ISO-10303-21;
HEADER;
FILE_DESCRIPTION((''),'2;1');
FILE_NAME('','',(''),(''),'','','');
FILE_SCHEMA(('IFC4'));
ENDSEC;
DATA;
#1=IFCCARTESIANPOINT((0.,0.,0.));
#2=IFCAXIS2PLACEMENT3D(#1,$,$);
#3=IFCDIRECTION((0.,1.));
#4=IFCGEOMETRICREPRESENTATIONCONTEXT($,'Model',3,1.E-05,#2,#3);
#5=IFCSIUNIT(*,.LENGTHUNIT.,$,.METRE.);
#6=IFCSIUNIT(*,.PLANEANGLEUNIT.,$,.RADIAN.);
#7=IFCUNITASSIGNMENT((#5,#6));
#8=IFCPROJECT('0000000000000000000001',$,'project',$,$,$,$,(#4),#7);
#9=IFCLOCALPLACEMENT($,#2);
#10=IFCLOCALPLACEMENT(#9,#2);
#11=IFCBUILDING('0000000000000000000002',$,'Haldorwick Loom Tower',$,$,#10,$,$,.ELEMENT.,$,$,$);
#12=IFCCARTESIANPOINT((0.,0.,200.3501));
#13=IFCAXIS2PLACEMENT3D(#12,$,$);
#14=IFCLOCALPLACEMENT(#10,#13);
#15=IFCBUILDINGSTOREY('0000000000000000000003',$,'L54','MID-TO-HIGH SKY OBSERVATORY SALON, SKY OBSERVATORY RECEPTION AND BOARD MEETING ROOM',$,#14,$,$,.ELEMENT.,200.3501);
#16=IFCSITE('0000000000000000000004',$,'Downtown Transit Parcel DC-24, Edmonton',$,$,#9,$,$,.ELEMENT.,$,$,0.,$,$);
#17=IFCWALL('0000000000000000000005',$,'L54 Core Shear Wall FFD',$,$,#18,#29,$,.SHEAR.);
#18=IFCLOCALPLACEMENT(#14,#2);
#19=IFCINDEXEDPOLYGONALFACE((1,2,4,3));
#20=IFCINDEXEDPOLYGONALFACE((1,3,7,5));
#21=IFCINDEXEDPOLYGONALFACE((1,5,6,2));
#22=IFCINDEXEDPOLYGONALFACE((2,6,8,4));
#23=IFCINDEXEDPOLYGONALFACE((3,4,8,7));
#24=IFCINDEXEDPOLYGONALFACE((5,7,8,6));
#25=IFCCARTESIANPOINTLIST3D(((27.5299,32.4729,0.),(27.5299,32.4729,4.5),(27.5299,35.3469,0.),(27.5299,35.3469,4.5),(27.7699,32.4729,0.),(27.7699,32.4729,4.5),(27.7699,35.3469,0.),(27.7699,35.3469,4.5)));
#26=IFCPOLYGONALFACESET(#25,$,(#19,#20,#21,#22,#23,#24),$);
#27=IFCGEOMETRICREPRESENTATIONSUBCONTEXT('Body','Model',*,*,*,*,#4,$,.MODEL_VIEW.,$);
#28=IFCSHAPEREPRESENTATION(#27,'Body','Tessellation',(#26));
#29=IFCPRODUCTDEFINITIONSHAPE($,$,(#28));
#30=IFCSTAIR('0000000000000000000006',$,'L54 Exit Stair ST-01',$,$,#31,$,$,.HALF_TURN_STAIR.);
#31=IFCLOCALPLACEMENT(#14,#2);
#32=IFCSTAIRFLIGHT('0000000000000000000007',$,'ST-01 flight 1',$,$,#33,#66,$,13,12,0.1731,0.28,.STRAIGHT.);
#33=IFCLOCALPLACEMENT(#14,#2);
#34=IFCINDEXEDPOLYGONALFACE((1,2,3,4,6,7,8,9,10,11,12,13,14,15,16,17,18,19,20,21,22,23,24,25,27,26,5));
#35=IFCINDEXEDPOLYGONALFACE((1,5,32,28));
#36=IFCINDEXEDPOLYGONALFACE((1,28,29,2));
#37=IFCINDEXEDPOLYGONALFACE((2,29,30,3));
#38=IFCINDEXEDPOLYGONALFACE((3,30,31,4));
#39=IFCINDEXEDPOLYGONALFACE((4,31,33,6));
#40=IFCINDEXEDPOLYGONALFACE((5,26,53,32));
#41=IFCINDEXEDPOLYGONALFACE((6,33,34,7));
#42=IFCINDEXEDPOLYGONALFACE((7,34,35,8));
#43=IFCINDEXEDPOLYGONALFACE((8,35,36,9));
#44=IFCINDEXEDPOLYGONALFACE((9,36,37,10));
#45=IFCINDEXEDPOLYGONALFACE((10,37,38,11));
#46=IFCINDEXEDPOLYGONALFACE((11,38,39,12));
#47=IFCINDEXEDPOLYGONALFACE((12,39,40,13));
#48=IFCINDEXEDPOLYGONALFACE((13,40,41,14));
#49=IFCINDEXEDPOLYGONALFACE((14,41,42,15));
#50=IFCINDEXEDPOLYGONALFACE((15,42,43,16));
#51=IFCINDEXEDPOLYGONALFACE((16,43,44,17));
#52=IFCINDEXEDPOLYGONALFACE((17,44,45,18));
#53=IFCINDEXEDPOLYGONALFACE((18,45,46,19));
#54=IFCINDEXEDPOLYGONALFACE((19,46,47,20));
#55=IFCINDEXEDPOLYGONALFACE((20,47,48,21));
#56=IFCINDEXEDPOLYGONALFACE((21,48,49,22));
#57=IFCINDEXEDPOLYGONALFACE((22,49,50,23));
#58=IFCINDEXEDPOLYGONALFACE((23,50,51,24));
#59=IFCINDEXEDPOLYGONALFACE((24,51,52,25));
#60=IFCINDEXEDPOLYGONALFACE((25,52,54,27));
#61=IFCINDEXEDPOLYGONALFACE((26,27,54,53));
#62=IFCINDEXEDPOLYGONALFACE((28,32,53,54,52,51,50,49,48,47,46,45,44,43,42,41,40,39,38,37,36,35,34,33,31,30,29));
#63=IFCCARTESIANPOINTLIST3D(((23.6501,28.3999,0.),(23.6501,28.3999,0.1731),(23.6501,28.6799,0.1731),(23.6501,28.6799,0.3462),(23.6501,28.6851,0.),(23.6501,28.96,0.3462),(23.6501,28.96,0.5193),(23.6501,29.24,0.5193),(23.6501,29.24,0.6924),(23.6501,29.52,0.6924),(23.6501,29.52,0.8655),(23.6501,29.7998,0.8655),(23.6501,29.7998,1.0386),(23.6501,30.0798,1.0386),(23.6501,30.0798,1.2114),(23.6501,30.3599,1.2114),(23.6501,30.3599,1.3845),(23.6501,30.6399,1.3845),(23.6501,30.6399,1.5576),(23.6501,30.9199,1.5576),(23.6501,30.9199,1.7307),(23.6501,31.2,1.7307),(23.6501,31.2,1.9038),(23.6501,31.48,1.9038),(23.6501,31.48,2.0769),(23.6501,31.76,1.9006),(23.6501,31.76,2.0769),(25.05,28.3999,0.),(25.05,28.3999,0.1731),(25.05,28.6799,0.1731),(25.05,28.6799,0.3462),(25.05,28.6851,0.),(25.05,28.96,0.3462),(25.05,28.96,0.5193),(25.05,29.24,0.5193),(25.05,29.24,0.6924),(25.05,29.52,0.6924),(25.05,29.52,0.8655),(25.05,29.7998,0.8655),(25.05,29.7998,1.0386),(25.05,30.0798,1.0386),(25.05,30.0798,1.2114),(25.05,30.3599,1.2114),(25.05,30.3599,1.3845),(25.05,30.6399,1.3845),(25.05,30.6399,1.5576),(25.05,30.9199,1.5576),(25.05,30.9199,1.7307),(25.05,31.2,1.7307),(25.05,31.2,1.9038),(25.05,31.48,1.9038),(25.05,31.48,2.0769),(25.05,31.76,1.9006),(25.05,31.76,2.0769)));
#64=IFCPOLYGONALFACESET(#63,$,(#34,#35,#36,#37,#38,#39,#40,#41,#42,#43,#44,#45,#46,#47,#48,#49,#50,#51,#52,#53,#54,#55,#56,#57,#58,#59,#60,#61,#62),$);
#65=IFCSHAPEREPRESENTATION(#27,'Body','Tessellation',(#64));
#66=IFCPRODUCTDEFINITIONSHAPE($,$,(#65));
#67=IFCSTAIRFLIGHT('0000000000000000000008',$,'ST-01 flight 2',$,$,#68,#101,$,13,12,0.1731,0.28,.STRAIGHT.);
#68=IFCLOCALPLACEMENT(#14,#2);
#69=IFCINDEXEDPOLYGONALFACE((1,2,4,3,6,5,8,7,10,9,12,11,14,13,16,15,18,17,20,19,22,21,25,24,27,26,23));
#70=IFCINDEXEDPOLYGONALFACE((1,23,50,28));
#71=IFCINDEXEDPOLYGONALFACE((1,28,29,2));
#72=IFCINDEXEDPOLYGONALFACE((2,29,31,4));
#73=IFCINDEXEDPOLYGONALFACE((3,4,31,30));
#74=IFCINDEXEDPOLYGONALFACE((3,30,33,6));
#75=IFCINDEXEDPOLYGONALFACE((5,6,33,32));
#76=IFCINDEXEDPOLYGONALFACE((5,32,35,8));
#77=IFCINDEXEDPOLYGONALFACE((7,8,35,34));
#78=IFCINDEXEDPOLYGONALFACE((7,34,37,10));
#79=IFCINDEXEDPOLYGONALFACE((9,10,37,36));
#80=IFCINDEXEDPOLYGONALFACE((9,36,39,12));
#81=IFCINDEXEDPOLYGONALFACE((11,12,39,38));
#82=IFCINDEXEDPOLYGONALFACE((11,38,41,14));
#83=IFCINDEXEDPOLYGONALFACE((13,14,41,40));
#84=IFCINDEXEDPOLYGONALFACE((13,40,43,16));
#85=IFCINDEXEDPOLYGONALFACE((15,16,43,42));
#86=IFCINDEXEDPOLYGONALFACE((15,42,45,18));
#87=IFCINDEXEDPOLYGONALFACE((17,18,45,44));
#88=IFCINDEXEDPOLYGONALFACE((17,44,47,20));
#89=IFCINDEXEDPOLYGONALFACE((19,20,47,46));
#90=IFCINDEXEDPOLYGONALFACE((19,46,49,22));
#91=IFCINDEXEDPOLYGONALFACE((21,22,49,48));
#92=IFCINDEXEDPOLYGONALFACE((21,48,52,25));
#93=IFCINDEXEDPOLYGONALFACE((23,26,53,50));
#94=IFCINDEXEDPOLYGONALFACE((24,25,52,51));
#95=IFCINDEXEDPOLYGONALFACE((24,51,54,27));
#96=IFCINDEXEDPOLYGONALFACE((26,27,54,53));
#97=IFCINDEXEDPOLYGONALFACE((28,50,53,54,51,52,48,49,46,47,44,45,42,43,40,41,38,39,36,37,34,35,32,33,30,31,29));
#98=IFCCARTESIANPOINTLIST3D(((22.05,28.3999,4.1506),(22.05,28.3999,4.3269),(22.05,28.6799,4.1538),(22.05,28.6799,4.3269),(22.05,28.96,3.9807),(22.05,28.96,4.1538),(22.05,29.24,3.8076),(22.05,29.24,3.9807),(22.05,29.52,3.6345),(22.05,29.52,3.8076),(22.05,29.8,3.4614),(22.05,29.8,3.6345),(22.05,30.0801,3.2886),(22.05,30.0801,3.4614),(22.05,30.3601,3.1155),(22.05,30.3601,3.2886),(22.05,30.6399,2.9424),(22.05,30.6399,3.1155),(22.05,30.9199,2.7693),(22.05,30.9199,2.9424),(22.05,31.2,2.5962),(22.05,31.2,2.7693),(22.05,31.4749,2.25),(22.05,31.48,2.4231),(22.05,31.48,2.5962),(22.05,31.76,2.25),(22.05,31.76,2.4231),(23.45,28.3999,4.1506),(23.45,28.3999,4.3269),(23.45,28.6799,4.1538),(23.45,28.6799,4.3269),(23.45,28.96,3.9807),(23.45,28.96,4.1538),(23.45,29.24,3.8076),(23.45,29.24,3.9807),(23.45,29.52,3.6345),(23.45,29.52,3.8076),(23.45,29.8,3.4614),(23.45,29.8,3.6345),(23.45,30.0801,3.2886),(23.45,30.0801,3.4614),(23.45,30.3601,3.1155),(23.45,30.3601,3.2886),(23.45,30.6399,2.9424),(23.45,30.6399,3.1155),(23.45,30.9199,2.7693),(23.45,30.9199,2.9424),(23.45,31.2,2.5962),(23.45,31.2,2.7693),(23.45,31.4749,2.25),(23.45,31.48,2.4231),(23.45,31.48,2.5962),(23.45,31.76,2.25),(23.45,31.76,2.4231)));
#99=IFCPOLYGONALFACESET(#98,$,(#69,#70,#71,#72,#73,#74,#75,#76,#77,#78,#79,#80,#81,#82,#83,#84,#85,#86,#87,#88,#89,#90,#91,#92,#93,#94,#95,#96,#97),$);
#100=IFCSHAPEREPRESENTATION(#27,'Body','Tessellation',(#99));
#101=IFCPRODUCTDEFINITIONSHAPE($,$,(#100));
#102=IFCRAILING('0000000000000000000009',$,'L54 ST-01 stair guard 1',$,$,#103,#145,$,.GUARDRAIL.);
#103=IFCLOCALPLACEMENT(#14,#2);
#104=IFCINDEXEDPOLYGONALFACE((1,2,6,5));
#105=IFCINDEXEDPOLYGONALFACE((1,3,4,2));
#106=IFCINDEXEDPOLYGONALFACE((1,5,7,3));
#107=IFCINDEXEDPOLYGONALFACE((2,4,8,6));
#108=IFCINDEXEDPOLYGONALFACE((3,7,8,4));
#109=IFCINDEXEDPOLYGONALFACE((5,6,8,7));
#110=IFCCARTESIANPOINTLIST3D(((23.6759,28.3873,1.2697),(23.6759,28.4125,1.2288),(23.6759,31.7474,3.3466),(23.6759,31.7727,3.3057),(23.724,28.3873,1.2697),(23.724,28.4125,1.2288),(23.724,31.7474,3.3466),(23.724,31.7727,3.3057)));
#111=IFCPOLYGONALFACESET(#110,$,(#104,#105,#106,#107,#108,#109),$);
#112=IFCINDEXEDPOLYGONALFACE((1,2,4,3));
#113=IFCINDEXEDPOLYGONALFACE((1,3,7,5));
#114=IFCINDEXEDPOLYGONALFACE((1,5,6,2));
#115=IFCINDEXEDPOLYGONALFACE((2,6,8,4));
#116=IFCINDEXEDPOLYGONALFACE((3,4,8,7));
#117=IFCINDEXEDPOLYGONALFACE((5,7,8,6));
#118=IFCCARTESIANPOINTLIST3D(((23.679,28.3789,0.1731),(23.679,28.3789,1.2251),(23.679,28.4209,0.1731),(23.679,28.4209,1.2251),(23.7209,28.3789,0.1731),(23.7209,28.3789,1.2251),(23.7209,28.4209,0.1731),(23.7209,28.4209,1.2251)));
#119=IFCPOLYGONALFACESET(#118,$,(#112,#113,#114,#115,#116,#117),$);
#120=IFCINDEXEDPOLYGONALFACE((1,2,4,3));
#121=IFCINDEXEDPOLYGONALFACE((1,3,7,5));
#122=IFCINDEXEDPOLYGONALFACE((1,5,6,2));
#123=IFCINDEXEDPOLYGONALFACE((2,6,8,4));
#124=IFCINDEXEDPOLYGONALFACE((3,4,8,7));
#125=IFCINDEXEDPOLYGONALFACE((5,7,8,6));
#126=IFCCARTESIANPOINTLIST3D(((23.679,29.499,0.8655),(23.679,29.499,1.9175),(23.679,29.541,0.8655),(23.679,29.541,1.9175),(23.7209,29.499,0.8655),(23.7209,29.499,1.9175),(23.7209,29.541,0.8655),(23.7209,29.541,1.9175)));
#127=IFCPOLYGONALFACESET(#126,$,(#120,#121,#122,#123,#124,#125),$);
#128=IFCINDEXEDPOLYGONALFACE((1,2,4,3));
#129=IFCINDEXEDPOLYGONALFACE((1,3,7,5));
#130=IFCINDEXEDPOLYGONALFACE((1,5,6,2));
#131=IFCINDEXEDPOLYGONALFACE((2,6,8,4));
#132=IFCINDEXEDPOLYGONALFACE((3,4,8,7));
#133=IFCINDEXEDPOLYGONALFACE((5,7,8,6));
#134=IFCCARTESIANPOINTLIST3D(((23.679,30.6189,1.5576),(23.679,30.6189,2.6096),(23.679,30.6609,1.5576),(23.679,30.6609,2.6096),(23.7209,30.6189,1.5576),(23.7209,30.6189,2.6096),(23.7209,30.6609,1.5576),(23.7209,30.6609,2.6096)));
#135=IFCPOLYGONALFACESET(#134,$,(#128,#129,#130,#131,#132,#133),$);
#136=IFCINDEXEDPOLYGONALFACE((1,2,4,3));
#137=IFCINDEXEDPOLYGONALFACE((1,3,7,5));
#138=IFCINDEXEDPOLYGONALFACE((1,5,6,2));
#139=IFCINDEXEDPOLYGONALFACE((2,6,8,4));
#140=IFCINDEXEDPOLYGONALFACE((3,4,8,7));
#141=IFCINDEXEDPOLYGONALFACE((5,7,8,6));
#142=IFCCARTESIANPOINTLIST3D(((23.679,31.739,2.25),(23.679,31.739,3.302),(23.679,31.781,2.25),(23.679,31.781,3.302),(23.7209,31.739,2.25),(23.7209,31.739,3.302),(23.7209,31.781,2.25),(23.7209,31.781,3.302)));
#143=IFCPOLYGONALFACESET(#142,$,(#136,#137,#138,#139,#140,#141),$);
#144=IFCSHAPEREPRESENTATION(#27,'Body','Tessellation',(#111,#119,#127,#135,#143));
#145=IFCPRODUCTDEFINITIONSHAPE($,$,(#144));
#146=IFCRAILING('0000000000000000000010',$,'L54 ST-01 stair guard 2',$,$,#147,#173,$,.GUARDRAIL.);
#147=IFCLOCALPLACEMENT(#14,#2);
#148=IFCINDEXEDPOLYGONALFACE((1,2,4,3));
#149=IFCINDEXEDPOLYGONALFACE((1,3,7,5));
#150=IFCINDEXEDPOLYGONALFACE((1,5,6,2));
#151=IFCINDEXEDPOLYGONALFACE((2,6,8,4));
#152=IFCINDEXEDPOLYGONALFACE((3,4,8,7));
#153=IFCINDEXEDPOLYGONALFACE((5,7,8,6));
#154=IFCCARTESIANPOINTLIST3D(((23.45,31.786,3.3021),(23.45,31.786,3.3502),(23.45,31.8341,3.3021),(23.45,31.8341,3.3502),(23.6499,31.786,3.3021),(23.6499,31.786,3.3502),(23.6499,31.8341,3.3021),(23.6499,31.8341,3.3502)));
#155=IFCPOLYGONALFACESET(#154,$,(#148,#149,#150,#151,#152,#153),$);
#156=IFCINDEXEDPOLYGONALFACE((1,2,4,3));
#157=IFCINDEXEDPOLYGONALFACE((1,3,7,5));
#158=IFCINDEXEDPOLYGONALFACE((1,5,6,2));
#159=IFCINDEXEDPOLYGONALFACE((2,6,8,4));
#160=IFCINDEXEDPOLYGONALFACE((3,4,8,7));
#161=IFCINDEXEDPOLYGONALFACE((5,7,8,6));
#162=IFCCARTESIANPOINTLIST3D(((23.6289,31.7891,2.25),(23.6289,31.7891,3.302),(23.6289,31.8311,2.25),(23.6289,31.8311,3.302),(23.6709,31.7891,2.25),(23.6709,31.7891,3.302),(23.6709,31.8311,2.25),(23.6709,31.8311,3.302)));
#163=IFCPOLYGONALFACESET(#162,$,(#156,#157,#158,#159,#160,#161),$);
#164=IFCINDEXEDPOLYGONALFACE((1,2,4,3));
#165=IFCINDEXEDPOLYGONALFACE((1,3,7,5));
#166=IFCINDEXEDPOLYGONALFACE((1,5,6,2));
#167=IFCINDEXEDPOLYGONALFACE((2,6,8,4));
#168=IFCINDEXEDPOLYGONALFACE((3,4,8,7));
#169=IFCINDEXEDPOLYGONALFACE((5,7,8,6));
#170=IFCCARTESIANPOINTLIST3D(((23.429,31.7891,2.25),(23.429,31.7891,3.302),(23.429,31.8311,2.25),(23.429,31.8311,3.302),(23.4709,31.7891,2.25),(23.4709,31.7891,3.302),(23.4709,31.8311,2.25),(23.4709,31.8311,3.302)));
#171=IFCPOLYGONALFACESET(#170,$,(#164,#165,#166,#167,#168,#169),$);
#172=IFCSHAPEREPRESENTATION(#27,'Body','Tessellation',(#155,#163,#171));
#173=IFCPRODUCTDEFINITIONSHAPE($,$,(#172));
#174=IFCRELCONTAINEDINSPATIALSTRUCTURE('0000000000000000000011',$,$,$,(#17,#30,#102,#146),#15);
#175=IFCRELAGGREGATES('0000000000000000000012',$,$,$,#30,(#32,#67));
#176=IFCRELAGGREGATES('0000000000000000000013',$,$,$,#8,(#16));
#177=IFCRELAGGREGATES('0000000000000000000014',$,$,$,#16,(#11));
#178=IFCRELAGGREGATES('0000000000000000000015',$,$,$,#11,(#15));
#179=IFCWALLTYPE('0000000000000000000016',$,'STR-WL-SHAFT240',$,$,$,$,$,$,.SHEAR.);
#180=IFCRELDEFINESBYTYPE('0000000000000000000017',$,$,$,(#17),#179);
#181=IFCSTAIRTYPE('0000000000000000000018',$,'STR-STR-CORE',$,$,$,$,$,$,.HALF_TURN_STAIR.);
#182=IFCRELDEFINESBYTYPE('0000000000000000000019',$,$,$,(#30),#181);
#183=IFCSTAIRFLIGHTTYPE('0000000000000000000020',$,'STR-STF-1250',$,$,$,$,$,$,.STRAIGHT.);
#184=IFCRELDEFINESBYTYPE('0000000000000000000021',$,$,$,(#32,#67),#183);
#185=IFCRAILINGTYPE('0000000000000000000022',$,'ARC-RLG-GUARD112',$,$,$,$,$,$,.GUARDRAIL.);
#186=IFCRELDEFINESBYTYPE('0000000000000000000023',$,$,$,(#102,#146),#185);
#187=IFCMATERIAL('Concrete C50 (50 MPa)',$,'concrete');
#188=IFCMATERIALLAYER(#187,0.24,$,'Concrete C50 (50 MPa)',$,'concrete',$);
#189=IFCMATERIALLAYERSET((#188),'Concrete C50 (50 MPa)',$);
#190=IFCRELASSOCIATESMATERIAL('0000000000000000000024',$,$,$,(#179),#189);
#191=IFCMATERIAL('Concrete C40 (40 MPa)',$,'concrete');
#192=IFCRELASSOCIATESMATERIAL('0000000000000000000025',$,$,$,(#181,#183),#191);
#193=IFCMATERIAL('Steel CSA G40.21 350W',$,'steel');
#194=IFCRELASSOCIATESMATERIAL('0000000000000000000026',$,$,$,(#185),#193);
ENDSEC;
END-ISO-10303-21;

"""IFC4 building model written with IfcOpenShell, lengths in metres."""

from ifc_helpers import new_model, si_unit, direction, frame, frame_2d, origin, origin_2d, place, context, subcontext, project, spatial, polyline, rectangle, outline, extrude, material, layer, layer_set, type_object, element, aggregate, save


model = new_model("IFC4")

# Units and contexts
model_context = context("Model", 3, precision=1e-05, world=origin(), true_north=direction((0.0, 1.0)))
body_context = subcontext(model_context, "Body", "Model", "MODEL_VIEW")
ifc_project = project(units=[si_unit("LENGTHUNIT", "METRE"), si_unit("PLANEANGLEUNIT", "RADIAN")], contexts=[model_context])

# Site, building, storey
site_placement = place(None, origin())
site = spatial("IfcSite", under=ifc_project, at=site_placement, Name="Downtown Transit Parcel DC-24, Edmonton", CompositionType="ELEMENT", RefElevation=0.0)
building_placement = place(site_placement, origin())
building = spatial("IfcBuilding", under=site, at=building_placement, Name="Haldorwick Loom Tower", CompositionType="ELEMENT")
storey_placement = place(building_placement, frame((0.0, 0.0, 200.3501)))
storey = spatial("IfcBuildingStorey", under=building, at=storey_placement, Name="L54", Description="MID-TO-HIGH SKY OBSERVATORY SALON, SKY OBSERVATORY RECEPTION AND BOARD MEETING ROOM", CompositionType="ELEMENT", Elevation=200.3501)

# Shared definitions
ifc_material_1 = material(Name="Steel CSA G40.21 350W", Category="steel")

# Shared definitions
ifc_material_2 = material(Name="Concrete C50 (50 MPa)", Category="concrete")
ifc_layer = layer(ifc_material_2, 0.24, Name="Concrete C50 (50 MPa)", Category="concrete")
ifc_layer_set = layer_set([ifc_layer], Name="Concrete C50 (50 MPa)")
wall_type = type_object("IfcWallType", Name="STR-WL-SHAFT240", PredefinedType="SHEAR", material=ifc_layer_set)

# Wall
wall_1_placement = place(storey_placement, frame((27.6499, 32.4729, 0.0), z_axis=(0.0, 0.0, 1.0), x_axis=(0.0, 1.0, 0.0)))
element("IfcWall", 1, at=wall_1_placement, inside=storey, type_object=wall_type, Name="L54 Core Shear Wall FFD", PredefinedType="SHEAR", context=body_context, shape_type="SweptSolid", body=[
    extrude(rectangle(XDim=2.874, YDim=0.24, at=frame_2d((1.437, 0.0))), origin(), (0.0, 0.0, 1.0), 4.5),
])

# Stair, stair flights
ifc_material_3 = material(Name="Concrete C40 (40 MPa)", Category="concrete")
stair_type = type_object("IfcStairType", Name="STR-STR-CORE", PredefinedType="HALF_TURN_STAIR", material=ifc_material_3)
stair_placement = place(storey_placement, origin())
stair = element("IfcStair", 2, at=stair_placement, inside=storey, type_object=stair_type, Name="L54 Exit Stair ST-01", PredefinedType="HALF_TURN_STAIR")
stair_flight_type = type_object("IfcStairFlightType", Name="STR-STF-1250", PredefinedType="STRAIGHT", material=ifc_material_3)
stair_flight_1_placement = place(storey_placement, frame((24.3501, 28.3999, 0.0), z_axis=(0.0, 0.0, 1.0), x_axis=(0.0, 1.0, 0.0)))
stair_flight_1 = element("IfcStairFlight", 3, at=stair_flight_1_placement, type_object=stair_flight_type, Name="ST-01 flight 1", NumberOfRisers=13, NumberOfTreads=12, PredefinedType="STRAIGHT", RiserHeight=0.1731, TreadLength=0.28, context=body_context, shape_type="SweptSolid", body=[
    extrude(outline(polyline([(0.0, 0.0), (0.0, 0.1731), (0.28, 0.1731), (0.28, 0.3462), (0.5601, 0.3462), (0.5601, 0.5193), (0.8401, 0.5193), (0.8401, 0.6924), (1.1201, 0.6924), (1.1201, 0.8655), (1.3999, 0.8655), (1.3999, 1.0386), (1.6799, 1.0386), (1.6799, 1.2114), (1.96, 1.2114), (1.96, 1.3845), (2.24, 1.3845), (2.24, 1.5576), (2.52, 1.5576), (2.52, 1.7307), (2.8, 1.7307), (2.8, 1.9038), (3.0801, 1.9038), (3.0801, 2.0769), (3.3601, 2.0769), (3.3601, 2.25), (3.3601, 1.9006), (0.2852, 0.0), (0.0, 0.0)])), frame((0.0, 0.7, 0.0), z_axis=(0.0, -1.0, 0.0), x_axis=(1.0, 0.0, 0.0)), (0.0, 0.0, 1.0), 1.3999),
])
stair_flight_2_placement = place(storey_placement, frame((22.75, 31.76, 2.25), z_axis=(0.0, 0.0, 1.0), x_axis=(0.0, -1.0, 0.0)))
stair_flight_2 = element("IfcStairFlight", 4, at=stair_flight_2_placement, type_object=stair_flight_type, Name="ST-01 flight 2", NumberOfRisers=13, NumberOfTreads=12, PredefinedType="STRAIGHT", RiserHeight=0.1731, TreadLength=0.28, context=body_context, shape_type="SweptSolid", body=[
    extrude(outline(polyline([(0.0, 0.0), (0.0, 0.1731), (0.28, 0.1731), (0.28, 0.3462), (0.5601, 0.3462), (0.5601, 0.5193), (0.8401, 0.5193), (0.8401, 0.6924), (1.1201, 0.6924), (1.1201, 0.8655), (1.3999, 0.8655), (1.3999, 1.0386), (1.6799, 1.0386), (1.6799, 1.2114), (1.96, 1.2114), (1.96, 1.3845), (2.24, 1.3845), (2.24, 1.5576), (2.52, 1.5576), (2.52, 1.7307), (2.8, 1.7307), (2.8, 1.9038), (3.0801, 1.9038), (3.0801, 2.0769), (3.3601, 2.0769), (3.3601, 2.25), (3.3601, 1.9006), (0.2852, 0.0), (0.0, 0.0)])), frame((0.0, 0.7, 0.0), z_axis=(0.0, -1.0, 0.0), x_axis=(1.0, 0.0, 0.0)), (0.0, 0.0, 1.0), 1.3999),
])
aggregate(stair, [stair_flight_1, stair_flight_2])

# Railings
railing_type_1 = type_object("IfcRailingType", Name="ARC-RLG-GUARD112", PredefinedType="GUARDRAIL", material=ifc_material_1)
railing_1_placement = place(storey_placement, frame((23.7, 28.3999, 0.1731)))
element("IfcRailing", 5, at=railing_1_placement, inside=storey, type_object=railing_type_1, Name="L54 ST-01 stair guard 1", PredefinedType="GUARDRAIL", context=body_context, shape_type="SweptSolid", body=[
    extrude(rectangle(XDim=0.0481, YDim=0.0481, at=origin_2d()), frame((0.0, 0.0, 1.0762), z_axis=(0.0, 0.850623, 0.525776), x_axis=(-1.0, 0.0, 0.0)), (0.0, 0.0, 1.0), 3.9502),
    extrude(rectangle(XDim=0.042, YDim=0.042, at=origin_2d()), origin(), (0.0, 0.0, 1.0), 1.052),
    extrude(rectangle(XDim=0.042, YDim=0.042, at=origin_2d()), frame((0.0, 1.1201, 0.6924)), (0.0, 0.0, 1.0), 1.052),
    extrude(rectangle(XDim=0.042, YDim=0.042, at=origin_2d()), frame((0.0, 2.24, 1.3845)), (0.0, 0.0, 1.0), 1.052),
    extrude(rectangle(XDim=0.042, YDim=0.042, at=origin_2d()), frame((0.0, 3.3601, 2.0769)), (0.0, 0.0, 1.0), 1.052),
])
railing_2_placement = place(storey_placement, frame((23.6499, 31.8101, 2.25)))
element("IfcRailing", 6, at=railing_2_placement, inside=storey, type_object=railing_type_1, Name="L54 ST-01 stair guard 2", PredefinedType="GUARDRAIL", context=body_context, shape_type="SweptSolid", body=[
    extrude(rectangle(XDim=0.0481, YDim=0.0481, at=origin_2d()), frame((0.0, 0.0, 1.0762), z_axis=(-1.0, 0.0, 0.0), x_axis=(0.0, -1.0, 0.0)), (0.0, 0.0, 1.0), 0.2),
    extrude(rectangle(XDim=0.042, YDim=0.042, at=origin_2d()), origin(), (0.0, 0.0, 1.0), 1.052),
    extrude(rectangle(XDim=0.042, YDim=0.042, at=origin_2d()), frame((-0.2, 0.0, 0.0)), (0.0, 0.0, 1.0), 1.052),
])

save(model, "model.ifc")
